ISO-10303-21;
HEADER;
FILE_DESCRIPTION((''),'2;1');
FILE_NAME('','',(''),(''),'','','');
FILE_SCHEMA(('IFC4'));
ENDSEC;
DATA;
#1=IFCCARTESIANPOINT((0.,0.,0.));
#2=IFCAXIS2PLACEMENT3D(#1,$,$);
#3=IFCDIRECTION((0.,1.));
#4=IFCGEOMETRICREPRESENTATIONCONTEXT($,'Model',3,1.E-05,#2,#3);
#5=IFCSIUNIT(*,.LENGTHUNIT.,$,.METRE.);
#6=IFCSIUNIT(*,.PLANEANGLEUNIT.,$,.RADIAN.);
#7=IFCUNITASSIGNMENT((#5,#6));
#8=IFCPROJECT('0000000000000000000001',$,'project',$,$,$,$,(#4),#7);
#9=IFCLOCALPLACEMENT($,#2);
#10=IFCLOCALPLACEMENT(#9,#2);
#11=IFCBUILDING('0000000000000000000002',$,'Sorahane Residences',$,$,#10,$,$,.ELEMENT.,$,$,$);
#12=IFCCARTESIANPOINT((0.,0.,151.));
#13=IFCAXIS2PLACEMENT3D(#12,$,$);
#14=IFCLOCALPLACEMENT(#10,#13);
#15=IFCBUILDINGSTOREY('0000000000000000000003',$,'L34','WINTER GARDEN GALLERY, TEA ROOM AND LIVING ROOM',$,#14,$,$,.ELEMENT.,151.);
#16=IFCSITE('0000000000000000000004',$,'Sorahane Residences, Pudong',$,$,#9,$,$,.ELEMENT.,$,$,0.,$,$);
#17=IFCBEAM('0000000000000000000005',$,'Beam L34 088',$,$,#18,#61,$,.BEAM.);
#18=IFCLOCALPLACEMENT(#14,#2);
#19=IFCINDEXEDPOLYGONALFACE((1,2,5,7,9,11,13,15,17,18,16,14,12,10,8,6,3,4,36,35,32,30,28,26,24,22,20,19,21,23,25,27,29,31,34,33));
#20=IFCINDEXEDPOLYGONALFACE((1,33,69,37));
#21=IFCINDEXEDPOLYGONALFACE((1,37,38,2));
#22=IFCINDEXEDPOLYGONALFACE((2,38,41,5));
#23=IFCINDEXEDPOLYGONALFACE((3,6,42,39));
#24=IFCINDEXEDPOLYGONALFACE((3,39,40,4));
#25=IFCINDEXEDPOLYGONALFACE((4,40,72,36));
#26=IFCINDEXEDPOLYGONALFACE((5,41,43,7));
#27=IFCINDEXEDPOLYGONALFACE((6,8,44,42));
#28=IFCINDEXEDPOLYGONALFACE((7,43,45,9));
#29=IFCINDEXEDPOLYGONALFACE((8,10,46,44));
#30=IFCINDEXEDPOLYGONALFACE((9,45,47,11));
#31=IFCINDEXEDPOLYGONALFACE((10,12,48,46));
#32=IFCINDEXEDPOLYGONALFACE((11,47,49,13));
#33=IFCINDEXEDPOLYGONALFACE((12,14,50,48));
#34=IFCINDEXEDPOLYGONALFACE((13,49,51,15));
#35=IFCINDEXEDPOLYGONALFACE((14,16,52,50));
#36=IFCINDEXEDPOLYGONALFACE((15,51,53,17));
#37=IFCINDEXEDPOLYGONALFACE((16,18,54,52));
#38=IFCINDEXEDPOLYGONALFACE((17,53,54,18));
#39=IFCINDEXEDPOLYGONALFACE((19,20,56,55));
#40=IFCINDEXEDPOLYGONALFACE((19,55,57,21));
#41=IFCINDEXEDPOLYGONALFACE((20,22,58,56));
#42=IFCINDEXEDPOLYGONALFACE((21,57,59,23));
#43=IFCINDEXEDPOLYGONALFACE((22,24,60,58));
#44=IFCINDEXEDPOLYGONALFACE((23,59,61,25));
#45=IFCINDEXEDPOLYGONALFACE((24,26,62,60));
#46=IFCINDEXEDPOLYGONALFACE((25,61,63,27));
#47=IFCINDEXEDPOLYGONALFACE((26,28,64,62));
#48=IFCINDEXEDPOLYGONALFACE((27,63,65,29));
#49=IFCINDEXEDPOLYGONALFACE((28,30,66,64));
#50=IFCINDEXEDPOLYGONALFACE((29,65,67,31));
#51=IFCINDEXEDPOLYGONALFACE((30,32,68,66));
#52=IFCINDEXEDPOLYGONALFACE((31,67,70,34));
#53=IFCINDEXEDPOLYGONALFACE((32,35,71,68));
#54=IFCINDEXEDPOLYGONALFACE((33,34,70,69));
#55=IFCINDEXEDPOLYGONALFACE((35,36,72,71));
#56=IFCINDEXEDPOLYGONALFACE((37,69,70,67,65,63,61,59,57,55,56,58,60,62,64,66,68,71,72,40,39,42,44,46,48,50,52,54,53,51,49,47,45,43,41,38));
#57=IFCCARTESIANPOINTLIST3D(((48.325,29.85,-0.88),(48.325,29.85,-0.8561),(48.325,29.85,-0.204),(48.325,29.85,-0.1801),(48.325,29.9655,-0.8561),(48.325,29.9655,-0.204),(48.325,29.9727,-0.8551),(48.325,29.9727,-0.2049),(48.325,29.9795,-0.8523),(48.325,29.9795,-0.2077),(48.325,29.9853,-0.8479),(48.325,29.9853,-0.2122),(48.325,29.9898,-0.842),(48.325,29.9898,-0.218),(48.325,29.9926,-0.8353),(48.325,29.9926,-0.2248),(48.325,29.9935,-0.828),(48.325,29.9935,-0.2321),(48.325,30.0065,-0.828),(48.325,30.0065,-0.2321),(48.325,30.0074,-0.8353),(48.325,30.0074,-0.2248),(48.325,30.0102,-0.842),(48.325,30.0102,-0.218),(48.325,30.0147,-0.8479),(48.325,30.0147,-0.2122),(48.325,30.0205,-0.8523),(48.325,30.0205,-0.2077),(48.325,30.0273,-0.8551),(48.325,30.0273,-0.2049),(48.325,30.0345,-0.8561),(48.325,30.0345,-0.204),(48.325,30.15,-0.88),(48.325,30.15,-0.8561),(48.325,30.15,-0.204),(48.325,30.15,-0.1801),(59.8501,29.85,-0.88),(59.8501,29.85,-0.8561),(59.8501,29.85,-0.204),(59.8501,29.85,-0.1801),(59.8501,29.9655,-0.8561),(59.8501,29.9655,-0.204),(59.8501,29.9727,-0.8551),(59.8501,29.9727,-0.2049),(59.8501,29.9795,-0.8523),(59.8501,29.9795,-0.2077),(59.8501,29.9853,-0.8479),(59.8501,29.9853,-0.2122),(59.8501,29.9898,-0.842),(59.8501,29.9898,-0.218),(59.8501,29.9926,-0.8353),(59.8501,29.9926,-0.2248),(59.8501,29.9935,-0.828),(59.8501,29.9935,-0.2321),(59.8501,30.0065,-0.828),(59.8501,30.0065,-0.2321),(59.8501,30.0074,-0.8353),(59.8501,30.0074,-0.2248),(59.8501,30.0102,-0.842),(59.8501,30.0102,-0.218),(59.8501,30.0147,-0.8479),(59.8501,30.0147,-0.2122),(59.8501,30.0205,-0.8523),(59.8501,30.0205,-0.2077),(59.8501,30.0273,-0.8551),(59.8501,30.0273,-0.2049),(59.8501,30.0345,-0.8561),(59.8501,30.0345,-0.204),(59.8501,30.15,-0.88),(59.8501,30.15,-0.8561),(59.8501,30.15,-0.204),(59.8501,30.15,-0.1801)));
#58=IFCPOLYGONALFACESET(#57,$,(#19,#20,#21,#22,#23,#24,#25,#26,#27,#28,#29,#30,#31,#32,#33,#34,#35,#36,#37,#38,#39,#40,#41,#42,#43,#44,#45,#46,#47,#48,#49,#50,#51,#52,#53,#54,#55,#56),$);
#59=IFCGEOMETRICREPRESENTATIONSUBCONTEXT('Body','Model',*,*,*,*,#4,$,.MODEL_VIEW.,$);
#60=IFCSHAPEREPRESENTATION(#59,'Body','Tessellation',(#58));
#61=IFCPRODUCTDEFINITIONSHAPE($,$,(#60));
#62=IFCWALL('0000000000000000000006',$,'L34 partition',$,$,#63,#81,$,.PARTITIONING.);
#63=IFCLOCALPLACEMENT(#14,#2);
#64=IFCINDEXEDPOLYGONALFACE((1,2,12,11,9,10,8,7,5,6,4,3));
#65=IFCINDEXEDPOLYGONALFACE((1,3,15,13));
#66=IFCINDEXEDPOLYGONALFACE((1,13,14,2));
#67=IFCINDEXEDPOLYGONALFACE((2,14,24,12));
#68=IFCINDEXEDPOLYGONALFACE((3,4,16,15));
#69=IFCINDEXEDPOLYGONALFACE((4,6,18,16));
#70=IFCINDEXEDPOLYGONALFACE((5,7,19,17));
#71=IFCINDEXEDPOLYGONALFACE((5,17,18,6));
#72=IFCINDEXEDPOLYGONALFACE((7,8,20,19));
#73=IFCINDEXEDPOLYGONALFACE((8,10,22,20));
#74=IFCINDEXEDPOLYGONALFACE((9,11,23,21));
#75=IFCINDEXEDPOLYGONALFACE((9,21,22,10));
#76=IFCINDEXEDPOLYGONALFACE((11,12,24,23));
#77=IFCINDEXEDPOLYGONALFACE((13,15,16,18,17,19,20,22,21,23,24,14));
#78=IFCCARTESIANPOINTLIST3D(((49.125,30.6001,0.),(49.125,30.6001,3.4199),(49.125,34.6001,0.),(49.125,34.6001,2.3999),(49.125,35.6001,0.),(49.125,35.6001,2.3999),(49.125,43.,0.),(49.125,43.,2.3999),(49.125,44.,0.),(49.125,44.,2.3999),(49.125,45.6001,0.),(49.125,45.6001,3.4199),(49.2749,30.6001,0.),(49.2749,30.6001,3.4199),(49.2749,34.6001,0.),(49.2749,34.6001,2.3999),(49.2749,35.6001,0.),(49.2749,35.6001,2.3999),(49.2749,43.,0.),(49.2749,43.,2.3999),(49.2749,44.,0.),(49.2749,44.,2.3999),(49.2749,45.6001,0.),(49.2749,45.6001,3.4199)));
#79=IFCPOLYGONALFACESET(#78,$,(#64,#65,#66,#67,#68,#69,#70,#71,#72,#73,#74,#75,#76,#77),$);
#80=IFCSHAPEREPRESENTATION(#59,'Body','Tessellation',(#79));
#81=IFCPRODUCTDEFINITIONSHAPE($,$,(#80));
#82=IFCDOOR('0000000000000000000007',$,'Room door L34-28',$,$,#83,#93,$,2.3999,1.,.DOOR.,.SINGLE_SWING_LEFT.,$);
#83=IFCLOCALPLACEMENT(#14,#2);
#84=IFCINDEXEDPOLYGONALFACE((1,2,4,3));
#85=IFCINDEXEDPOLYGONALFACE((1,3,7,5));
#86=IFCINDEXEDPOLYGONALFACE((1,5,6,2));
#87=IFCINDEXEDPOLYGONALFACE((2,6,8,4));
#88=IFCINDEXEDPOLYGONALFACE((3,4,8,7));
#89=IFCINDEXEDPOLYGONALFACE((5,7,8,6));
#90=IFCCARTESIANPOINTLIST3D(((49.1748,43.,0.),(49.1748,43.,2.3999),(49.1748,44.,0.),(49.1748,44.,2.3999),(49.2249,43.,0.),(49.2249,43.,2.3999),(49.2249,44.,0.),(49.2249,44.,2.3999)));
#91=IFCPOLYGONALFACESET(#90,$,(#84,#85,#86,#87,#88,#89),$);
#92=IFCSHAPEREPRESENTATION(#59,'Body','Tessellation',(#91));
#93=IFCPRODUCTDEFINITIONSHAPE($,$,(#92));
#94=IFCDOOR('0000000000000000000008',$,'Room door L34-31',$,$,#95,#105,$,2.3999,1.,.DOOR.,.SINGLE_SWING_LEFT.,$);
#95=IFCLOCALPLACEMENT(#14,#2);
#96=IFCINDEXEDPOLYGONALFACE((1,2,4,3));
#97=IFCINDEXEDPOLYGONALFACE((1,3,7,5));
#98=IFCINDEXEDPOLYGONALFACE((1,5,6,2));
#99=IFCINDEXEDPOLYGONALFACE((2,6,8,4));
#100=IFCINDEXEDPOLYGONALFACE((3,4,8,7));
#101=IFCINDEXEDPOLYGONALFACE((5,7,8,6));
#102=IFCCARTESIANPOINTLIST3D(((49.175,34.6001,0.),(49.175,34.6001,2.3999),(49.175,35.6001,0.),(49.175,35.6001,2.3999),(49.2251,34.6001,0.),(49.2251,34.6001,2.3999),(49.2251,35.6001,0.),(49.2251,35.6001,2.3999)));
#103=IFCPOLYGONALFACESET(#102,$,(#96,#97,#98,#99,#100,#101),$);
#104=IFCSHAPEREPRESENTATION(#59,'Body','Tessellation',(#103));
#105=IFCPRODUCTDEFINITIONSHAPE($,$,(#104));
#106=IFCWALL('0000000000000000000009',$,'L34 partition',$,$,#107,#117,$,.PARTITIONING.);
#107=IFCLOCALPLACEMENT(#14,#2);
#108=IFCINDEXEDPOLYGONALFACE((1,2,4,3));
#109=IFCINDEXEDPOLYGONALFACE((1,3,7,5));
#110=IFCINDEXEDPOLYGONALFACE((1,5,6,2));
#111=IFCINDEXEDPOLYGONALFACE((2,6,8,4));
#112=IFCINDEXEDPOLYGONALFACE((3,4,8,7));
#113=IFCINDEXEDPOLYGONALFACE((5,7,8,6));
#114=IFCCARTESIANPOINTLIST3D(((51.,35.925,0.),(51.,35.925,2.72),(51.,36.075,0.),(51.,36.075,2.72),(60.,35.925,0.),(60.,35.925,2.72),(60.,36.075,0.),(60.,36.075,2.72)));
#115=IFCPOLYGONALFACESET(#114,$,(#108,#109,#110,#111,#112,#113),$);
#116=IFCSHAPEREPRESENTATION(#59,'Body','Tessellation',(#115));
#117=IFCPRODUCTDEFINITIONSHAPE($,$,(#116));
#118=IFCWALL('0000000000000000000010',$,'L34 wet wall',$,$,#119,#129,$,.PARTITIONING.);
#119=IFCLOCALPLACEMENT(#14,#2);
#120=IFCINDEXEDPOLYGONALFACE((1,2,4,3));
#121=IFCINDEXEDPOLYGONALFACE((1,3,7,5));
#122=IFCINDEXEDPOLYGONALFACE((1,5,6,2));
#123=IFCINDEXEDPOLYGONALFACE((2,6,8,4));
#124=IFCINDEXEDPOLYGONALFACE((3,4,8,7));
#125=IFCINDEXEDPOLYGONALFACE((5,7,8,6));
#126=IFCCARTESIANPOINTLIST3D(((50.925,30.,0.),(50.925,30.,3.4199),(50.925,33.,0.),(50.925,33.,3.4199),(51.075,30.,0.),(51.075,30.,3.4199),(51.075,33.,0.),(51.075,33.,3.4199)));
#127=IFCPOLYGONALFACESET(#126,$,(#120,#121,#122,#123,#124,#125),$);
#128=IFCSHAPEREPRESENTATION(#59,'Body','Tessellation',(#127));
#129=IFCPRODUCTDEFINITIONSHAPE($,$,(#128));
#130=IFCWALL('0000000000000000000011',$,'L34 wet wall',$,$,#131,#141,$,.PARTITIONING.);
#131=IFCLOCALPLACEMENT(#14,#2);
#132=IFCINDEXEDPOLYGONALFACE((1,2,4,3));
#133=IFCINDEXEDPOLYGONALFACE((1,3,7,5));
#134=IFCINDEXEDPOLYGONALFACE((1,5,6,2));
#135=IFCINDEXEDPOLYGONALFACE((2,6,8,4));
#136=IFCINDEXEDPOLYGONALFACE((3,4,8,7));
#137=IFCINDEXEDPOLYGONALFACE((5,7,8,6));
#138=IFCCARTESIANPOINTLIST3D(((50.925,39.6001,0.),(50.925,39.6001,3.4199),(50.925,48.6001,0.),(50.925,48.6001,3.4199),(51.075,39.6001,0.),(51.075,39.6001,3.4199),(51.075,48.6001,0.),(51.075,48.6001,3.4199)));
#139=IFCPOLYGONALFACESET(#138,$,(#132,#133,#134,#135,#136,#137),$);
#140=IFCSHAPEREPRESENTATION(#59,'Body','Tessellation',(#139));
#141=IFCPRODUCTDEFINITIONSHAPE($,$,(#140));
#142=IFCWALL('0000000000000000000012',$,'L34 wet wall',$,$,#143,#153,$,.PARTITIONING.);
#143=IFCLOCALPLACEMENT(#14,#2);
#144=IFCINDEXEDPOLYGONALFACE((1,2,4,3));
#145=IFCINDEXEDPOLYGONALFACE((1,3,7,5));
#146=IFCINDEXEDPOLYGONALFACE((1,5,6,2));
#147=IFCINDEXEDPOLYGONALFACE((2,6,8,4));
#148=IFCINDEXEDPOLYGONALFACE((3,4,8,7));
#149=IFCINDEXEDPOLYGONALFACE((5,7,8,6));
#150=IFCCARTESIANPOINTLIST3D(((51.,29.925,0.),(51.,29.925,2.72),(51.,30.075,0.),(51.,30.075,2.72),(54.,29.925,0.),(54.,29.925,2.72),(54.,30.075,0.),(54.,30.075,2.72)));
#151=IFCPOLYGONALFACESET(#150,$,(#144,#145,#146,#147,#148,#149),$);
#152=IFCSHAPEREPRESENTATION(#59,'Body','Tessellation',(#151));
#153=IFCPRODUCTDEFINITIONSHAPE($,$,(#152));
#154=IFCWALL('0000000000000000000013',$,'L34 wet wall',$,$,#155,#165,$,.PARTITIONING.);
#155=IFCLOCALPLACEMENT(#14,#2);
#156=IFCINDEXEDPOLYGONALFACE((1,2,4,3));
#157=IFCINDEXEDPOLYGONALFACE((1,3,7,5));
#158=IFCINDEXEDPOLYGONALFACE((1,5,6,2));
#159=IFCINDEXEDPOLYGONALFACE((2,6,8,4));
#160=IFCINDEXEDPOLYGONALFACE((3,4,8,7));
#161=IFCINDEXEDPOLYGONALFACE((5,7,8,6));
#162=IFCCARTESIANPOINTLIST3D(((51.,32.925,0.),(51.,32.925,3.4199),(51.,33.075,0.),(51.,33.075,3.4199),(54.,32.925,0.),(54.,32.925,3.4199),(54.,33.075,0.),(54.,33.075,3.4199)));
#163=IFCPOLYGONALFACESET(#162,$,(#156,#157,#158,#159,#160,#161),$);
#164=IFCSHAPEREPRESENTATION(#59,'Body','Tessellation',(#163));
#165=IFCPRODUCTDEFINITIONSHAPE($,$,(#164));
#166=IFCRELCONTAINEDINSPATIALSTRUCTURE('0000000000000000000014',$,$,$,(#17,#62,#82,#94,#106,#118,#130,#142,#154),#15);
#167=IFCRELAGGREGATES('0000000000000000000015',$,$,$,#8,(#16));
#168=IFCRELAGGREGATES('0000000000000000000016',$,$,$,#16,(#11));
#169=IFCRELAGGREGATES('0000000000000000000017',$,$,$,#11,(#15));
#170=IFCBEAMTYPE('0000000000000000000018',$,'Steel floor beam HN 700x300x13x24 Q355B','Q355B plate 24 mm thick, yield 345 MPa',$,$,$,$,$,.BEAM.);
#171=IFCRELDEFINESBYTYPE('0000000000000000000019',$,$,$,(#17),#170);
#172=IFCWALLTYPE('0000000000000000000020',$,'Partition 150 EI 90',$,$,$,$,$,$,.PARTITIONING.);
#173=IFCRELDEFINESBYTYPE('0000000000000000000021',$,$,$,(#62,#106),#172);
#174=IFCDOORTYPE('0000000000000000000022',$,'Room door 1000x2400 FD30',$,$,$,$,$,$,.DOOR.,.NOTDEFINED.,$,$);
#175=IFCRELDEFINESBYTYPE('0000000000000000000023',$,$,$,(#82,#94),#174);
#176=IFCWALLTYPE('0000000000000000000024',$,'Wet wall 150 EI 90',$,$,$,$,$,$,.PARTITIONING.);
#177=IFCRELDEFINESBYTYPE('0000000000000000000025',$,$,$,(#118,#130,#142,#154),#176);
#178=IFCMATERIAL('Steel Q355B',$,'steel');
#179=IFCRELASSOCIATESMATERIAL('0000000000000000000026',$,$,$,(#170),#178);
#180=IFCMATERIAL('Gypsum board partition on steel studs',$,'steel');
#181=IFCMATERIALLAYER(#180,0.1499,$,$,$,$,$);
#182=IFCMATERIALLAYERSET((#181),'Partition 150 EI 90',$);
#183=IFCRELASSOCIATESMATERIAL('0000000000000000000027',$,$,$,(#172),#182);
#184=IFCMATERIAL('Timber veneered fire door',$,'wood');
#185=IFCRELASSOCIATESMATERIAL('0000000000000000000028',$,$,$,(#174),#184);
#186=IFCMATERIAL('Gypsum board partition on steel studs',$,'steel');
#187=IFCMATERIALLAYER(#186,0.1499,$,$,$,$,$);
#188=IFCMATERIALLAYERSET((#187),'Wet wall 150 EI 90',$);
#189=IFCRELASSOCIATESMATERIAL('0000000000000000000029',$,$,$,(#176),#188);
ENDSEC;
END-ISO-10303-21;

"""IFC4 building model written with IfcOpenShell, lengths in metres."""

from ifc_helpers import new_model, si_unit, direction, frame, frame_2d, origin, origin_2d, place, context, subcontext, project, spatial, rectangle, i_section, extrude, material, layer, layer_set, material_profile, profile_set, type_object, element, fill, save


model = new_model("IFC4")

# Units and contexts
model_context = context("Model", 3, precision=1e-05, world=origin(), true_north=direction((0.0, 1.0)))
body_context = subcontext(model_context, "Body", "Model", "MODEL_VIEW")
ifc_project = project(units=[si_unit("LENGTHUNIT", "METRE"), si_unit("PLANEANGLEUNIT", "RADIAN")], contexts=[model_context])

# Site, building, storey
site_placement = place(None, origin())
site = spatial("IfcSite", under=ifc_project, at=site_placement, Name="Sorahane Residences, Pudong", CompositionType="ELEMENT", RefElevation=0.0)
building_placement = place(site_placement, origin())
building = spatial("IfcBuilding", under=site, at=building_placement, Name="Sorahane Residences", CompositionType="ELEMENT")
storey_placement = place(building_placement, frame((0.0, 0.0, 151.0)))
storey = spatial("IfcBuildingStorey", under=building, at=storey_placement, Name="L34", Description="WINTER GARDEN GALLERY, TEA ROOM AND LIVING ROOM", CompositionType="ELEMENT", Elevation=151.0)

# Beam
ifc_material_1 = material(Name="Steel Q355B", Category="steel")
ifc_material_profile_1 = material_profile(ifc_material_1, i_section(OverallWidth=0.3, OverallDepth=0.7, WebThickness=0.0129, FlangeThickness=0.0239, FilletRadius=0.0281, at=origin_2d()), Name="HN 700x300x13x24")
ifc_profile_set_1 = profile_set([ifc_material_profile_1], Name="Steel Q355B")
beam_type_1 = type_object("IfcBeamType", Name="Steel floor beam HN 700x300x13x24 Q355B", Description="Q355B plate 24 mm thick, yield 345 MPa", PredefinedType="BEAM", material=ifc_profile_set_1)
beam_1_placement = place(storey_placement, frame((48.325, 30.0, -0.53), z_axis=(1.0, 0.0, 0.0), x_axis=(0.0, 1.0, 0.0)))
element("IfcBeam", 1, at=beam_1_placement, inside=storey, type_object=beam_type_1, Name="Beam L34 088", PredefinedType="BEAM", context=body_context, shape_type="SweptSolid", body=[
    extrude(i_section(OverallWidth=0.3, OverallDepth=0.7, WebThickness=0.0129, FlangeThickness=0.0239, FilletRadius=0.0281, at=origin_2d()), origin(), (0.0, 0.0, 1.0), 11.5251),
])

# Wall, openings, doors
ifc_material_2 = material(Name="Gypsum board partition on steel studs", Category="steel")
ifc_layer_1 = layer(ifc_material_2, 0.1499)
ifc_layer_set_1 = layer_set([ifc_layer_1], Name="Partition 150 EI 90")
wall_type_1 = type_object("IfcWallType", Name="Partition 150 EI 90", PredefinedType="PARTITIONING", material=ifc_layer_set_1)
wall_1_placement = place(storey_placement, frame((49.2, 30.6001, 0.0), z_axis=(0.0, 0.0, 1.0), x_axis=(0.0, 1.0, 0.0)))
wall_1 = element("IfcWall", 2, at=wall_1_placement, inside=storey, type_object=wall_type_1, Name="L34 partition", PredefinedType="PARTITIONING", context=body_context, shape_type="SweptSolid", body=[
    extrude(rectangle(XDim=15.0, YDim=0.1499, at=frame_2d((7.5, 0.0))), origin(), (0.0, 0.0, 1.0), 3.4199),
])
opening_1_placement = place(wall_1_placement, frame((12.3999, 0.0, 0.0)))
opening_1 = element("IfcOpeningElement", 3, at=opening_1_placement, cuts=wall_1, PredefinedType="OPENING", context=body_context, shape_type="SweptSolid", body=[
    extrude(rectangle(XDim=1.0, YDim=2.3999, at=frame_2d((0.5, 1.2))), frame((0.0, 0.085, 0.0), z_axis=(0.0, -1.0, 0.0), x_axis=(1.0, 0.0, 0.0)), (0.0, 0.0, 1.0), 0.1699),
])
opening_2_placement = place(wall_1_placement, frame((4.0, 0.0, 0.0)))
opening_2 = element("IfcOpeningElement", 4, at=opening_2_placement, cuts=wall_1, PredefinedType="OPENING", context=body_context, shape_type="SweptSolid", body=[
    extrude(rectangle(XDim=1.0, YDim=2.3999, at=frame_2d((0.5, 1.2))), frame((0.0, 0.085, 0.0), z_axis=(0.0, -1.0, 0.0), x_axis=(1.0, 0.0, 0.0)), (0.0, 0.0, 1.0), 0.1699),
])
ifc_material_3 = material(Name="Timber veneered fire door", Category="wood")
door_type = type_object("IfcDoorType", Name="Room door 1000x2400 FD30", OperationType="NOTDEFINED", PredefinedType="DOOR", material=ifc_material_3)
door_1_placement = place(opening_1_placement, frame((1.0, 0.0, 0.0), z_axis=(0.0, 0.0, 1.0), x_axis=(-1.0, 0.0, 0.0)))
door_1 = element("IfcDoor", 5, at=door_1_placement, inside=storey, type_object=door_type, Name="Room door L34-28", OperationType="SINGLE_SWING_LEFT", OverallHeight=2.3999, OverallWidth=1.0, PredefinedType="DOOR", context=body_context, shape_type="SweptSolid", body=[
    extrude(rectangle(XDim=1.0, YDim=2.3999, at=frame_2d((0.5, 1.2))), frame((0.0, 0.0249, 0.0), z_axis=(0.0, -1.0, 0.0), x_axis=(1.0, 0.0, 0.0)), (0.0, 0.0, 1.0), 0.05),
])
fill(opening_1, door_1)
door_2_placement = place(opening_2_placement, origin())
door_2 = element("IfcDoor", 6, at=door_2_placement, inside=storey, type_object=door_type, Name="Room door L34-31", OperationType="SINGLE_SWING_LEFT", OverallHeight=2.3999, OverallWidth=1.0, PredefinedType="DOOR", context=body_context, shape_type="SweptSolid", body=[
    extrude(rectangle(XDim=1.0, YDim=2.3999, at=frame_2d((0.5, 1.2))), frame((0.0, 0.0249, 0.0), z_axis=(0.0, -1.0, 0.0), x_axis=(1.0, 0.0, 0.0)), (0.0, 0.0, 1.0), 0.05),
])
fill(opening_2, door_2)

# Walls
wall_2_placement = place(storey_placement, frame((51.0, 36.0, 0.0), z_axis=(0.0, 0.0, 1.0), x_axis=(1.0, 0.0, 0.0)))
element("IfcWall", 7, at=wall_2_placement, inside=storey, type_object=wall_type_1, Name="L34 partition", PredefinedType="PARTITIONING", context=body_context, shape_type="SweptSolid", body=[
    extrude(rectangle(XDim=9.0, YDim=0.1499, at=frame_2d((4.5, 0.0))), origin(), (0.0, 0.0, 1.0), 2.72),
])
ifc_material_4 = material(Name="Gypsum board partition on steel studs", Category="steel")
ifc_layer_2 = layer(ifc_material_4, 0.1499)
ifc_layer_set_2 = layer_set([ifc_layer_2], Name="Wet wall 150 EI 90")
wall_type_2 = type_object("IfcWallType", Name="Wet wall 150 EI 90", PredefinedType="PARTITIONING", material=ifc_layer_set_2)
wall_3_placement = place(storey_placement, frame((51.0, 30.0, 0.0), z_axis=(0.0, 0.0, 1.0), x_axis=(0.0, 1.0, 0.0)))
element("IfcWall", 8, at=wall_3_placement, inside=storey, type_object=wall_type_2, Name="L34 wet wall", PredefinedType="PARTITIONING", context=body_context, shape_type="SweptSolid", body=[
    extrude(rectangle(XDim=3.0, YDim=0.1499, at=frame_2d((1.5, 0.0))), origin(), (0.0, 0.0, 1.0), 3.4199),
])
wall_4_placement = place(storey_placement, frame((51.0, 39.6001, 0.0), z_axis=(0.0, 0.0, 1.0), x_axis=(0.0, 1.0, 0.0)))
element("IfcWall", 9, at=wall_4_placement, inside=storey, type_object=wall_type_2, Name="L34 wet wall", PredefinedType="PARTITIONING", context=body_context, shape_type="SweptSolid", body=[
    extrude(rectangle(XDim=9.0, YDim=0.1499, at=frame_2d((4.5, 0.0))), origin(), (0.0, 0.0, 1.0), 3.4199),
])
wall_5_placement = place(storey_placement, frame((51.0, 30.0, 0.0), z_axis=(0.0, 0.0, 1.0), x_axis=(1.0, 0.0, 0.0)))
element("IfcWall", 10, at=wall_5_placement, inside=storey, type_object=wall_type_2, Name="L34 wet wall", PredefinedType="PARTITIONING", context=body_context, shape_type="SweptSolid", body=[
    extrude(rectangle(XDim=3.0, YDim=0.1499, at=frame_2d((1.5, 0.0))), origin(), (0.0, 0.0, 1.0), 2.72),
])
wall_6_placement = place(storey_placement, frame((51.0, 33.0, 0.0), z_axis=(0.0, 0.0, 1.0), x_axis=(1.0, 0.0, 0.0)))
element("IfcWall", 11, at=wall_6_placement, inside=storey, type_object=wall_type_2, Name="L34 wet wall", PredefinedType="PARTITIONING", context=body_context, shape_type="SweptSolid", body=[
    extrude(rectangle(XDim=3.0, YDim=0.1499, at=frame_2d((1.5, 0.0))), origin(), (0.0, 0.0, 1.0), 3.4199),
])

save(model, "model.ifc")
